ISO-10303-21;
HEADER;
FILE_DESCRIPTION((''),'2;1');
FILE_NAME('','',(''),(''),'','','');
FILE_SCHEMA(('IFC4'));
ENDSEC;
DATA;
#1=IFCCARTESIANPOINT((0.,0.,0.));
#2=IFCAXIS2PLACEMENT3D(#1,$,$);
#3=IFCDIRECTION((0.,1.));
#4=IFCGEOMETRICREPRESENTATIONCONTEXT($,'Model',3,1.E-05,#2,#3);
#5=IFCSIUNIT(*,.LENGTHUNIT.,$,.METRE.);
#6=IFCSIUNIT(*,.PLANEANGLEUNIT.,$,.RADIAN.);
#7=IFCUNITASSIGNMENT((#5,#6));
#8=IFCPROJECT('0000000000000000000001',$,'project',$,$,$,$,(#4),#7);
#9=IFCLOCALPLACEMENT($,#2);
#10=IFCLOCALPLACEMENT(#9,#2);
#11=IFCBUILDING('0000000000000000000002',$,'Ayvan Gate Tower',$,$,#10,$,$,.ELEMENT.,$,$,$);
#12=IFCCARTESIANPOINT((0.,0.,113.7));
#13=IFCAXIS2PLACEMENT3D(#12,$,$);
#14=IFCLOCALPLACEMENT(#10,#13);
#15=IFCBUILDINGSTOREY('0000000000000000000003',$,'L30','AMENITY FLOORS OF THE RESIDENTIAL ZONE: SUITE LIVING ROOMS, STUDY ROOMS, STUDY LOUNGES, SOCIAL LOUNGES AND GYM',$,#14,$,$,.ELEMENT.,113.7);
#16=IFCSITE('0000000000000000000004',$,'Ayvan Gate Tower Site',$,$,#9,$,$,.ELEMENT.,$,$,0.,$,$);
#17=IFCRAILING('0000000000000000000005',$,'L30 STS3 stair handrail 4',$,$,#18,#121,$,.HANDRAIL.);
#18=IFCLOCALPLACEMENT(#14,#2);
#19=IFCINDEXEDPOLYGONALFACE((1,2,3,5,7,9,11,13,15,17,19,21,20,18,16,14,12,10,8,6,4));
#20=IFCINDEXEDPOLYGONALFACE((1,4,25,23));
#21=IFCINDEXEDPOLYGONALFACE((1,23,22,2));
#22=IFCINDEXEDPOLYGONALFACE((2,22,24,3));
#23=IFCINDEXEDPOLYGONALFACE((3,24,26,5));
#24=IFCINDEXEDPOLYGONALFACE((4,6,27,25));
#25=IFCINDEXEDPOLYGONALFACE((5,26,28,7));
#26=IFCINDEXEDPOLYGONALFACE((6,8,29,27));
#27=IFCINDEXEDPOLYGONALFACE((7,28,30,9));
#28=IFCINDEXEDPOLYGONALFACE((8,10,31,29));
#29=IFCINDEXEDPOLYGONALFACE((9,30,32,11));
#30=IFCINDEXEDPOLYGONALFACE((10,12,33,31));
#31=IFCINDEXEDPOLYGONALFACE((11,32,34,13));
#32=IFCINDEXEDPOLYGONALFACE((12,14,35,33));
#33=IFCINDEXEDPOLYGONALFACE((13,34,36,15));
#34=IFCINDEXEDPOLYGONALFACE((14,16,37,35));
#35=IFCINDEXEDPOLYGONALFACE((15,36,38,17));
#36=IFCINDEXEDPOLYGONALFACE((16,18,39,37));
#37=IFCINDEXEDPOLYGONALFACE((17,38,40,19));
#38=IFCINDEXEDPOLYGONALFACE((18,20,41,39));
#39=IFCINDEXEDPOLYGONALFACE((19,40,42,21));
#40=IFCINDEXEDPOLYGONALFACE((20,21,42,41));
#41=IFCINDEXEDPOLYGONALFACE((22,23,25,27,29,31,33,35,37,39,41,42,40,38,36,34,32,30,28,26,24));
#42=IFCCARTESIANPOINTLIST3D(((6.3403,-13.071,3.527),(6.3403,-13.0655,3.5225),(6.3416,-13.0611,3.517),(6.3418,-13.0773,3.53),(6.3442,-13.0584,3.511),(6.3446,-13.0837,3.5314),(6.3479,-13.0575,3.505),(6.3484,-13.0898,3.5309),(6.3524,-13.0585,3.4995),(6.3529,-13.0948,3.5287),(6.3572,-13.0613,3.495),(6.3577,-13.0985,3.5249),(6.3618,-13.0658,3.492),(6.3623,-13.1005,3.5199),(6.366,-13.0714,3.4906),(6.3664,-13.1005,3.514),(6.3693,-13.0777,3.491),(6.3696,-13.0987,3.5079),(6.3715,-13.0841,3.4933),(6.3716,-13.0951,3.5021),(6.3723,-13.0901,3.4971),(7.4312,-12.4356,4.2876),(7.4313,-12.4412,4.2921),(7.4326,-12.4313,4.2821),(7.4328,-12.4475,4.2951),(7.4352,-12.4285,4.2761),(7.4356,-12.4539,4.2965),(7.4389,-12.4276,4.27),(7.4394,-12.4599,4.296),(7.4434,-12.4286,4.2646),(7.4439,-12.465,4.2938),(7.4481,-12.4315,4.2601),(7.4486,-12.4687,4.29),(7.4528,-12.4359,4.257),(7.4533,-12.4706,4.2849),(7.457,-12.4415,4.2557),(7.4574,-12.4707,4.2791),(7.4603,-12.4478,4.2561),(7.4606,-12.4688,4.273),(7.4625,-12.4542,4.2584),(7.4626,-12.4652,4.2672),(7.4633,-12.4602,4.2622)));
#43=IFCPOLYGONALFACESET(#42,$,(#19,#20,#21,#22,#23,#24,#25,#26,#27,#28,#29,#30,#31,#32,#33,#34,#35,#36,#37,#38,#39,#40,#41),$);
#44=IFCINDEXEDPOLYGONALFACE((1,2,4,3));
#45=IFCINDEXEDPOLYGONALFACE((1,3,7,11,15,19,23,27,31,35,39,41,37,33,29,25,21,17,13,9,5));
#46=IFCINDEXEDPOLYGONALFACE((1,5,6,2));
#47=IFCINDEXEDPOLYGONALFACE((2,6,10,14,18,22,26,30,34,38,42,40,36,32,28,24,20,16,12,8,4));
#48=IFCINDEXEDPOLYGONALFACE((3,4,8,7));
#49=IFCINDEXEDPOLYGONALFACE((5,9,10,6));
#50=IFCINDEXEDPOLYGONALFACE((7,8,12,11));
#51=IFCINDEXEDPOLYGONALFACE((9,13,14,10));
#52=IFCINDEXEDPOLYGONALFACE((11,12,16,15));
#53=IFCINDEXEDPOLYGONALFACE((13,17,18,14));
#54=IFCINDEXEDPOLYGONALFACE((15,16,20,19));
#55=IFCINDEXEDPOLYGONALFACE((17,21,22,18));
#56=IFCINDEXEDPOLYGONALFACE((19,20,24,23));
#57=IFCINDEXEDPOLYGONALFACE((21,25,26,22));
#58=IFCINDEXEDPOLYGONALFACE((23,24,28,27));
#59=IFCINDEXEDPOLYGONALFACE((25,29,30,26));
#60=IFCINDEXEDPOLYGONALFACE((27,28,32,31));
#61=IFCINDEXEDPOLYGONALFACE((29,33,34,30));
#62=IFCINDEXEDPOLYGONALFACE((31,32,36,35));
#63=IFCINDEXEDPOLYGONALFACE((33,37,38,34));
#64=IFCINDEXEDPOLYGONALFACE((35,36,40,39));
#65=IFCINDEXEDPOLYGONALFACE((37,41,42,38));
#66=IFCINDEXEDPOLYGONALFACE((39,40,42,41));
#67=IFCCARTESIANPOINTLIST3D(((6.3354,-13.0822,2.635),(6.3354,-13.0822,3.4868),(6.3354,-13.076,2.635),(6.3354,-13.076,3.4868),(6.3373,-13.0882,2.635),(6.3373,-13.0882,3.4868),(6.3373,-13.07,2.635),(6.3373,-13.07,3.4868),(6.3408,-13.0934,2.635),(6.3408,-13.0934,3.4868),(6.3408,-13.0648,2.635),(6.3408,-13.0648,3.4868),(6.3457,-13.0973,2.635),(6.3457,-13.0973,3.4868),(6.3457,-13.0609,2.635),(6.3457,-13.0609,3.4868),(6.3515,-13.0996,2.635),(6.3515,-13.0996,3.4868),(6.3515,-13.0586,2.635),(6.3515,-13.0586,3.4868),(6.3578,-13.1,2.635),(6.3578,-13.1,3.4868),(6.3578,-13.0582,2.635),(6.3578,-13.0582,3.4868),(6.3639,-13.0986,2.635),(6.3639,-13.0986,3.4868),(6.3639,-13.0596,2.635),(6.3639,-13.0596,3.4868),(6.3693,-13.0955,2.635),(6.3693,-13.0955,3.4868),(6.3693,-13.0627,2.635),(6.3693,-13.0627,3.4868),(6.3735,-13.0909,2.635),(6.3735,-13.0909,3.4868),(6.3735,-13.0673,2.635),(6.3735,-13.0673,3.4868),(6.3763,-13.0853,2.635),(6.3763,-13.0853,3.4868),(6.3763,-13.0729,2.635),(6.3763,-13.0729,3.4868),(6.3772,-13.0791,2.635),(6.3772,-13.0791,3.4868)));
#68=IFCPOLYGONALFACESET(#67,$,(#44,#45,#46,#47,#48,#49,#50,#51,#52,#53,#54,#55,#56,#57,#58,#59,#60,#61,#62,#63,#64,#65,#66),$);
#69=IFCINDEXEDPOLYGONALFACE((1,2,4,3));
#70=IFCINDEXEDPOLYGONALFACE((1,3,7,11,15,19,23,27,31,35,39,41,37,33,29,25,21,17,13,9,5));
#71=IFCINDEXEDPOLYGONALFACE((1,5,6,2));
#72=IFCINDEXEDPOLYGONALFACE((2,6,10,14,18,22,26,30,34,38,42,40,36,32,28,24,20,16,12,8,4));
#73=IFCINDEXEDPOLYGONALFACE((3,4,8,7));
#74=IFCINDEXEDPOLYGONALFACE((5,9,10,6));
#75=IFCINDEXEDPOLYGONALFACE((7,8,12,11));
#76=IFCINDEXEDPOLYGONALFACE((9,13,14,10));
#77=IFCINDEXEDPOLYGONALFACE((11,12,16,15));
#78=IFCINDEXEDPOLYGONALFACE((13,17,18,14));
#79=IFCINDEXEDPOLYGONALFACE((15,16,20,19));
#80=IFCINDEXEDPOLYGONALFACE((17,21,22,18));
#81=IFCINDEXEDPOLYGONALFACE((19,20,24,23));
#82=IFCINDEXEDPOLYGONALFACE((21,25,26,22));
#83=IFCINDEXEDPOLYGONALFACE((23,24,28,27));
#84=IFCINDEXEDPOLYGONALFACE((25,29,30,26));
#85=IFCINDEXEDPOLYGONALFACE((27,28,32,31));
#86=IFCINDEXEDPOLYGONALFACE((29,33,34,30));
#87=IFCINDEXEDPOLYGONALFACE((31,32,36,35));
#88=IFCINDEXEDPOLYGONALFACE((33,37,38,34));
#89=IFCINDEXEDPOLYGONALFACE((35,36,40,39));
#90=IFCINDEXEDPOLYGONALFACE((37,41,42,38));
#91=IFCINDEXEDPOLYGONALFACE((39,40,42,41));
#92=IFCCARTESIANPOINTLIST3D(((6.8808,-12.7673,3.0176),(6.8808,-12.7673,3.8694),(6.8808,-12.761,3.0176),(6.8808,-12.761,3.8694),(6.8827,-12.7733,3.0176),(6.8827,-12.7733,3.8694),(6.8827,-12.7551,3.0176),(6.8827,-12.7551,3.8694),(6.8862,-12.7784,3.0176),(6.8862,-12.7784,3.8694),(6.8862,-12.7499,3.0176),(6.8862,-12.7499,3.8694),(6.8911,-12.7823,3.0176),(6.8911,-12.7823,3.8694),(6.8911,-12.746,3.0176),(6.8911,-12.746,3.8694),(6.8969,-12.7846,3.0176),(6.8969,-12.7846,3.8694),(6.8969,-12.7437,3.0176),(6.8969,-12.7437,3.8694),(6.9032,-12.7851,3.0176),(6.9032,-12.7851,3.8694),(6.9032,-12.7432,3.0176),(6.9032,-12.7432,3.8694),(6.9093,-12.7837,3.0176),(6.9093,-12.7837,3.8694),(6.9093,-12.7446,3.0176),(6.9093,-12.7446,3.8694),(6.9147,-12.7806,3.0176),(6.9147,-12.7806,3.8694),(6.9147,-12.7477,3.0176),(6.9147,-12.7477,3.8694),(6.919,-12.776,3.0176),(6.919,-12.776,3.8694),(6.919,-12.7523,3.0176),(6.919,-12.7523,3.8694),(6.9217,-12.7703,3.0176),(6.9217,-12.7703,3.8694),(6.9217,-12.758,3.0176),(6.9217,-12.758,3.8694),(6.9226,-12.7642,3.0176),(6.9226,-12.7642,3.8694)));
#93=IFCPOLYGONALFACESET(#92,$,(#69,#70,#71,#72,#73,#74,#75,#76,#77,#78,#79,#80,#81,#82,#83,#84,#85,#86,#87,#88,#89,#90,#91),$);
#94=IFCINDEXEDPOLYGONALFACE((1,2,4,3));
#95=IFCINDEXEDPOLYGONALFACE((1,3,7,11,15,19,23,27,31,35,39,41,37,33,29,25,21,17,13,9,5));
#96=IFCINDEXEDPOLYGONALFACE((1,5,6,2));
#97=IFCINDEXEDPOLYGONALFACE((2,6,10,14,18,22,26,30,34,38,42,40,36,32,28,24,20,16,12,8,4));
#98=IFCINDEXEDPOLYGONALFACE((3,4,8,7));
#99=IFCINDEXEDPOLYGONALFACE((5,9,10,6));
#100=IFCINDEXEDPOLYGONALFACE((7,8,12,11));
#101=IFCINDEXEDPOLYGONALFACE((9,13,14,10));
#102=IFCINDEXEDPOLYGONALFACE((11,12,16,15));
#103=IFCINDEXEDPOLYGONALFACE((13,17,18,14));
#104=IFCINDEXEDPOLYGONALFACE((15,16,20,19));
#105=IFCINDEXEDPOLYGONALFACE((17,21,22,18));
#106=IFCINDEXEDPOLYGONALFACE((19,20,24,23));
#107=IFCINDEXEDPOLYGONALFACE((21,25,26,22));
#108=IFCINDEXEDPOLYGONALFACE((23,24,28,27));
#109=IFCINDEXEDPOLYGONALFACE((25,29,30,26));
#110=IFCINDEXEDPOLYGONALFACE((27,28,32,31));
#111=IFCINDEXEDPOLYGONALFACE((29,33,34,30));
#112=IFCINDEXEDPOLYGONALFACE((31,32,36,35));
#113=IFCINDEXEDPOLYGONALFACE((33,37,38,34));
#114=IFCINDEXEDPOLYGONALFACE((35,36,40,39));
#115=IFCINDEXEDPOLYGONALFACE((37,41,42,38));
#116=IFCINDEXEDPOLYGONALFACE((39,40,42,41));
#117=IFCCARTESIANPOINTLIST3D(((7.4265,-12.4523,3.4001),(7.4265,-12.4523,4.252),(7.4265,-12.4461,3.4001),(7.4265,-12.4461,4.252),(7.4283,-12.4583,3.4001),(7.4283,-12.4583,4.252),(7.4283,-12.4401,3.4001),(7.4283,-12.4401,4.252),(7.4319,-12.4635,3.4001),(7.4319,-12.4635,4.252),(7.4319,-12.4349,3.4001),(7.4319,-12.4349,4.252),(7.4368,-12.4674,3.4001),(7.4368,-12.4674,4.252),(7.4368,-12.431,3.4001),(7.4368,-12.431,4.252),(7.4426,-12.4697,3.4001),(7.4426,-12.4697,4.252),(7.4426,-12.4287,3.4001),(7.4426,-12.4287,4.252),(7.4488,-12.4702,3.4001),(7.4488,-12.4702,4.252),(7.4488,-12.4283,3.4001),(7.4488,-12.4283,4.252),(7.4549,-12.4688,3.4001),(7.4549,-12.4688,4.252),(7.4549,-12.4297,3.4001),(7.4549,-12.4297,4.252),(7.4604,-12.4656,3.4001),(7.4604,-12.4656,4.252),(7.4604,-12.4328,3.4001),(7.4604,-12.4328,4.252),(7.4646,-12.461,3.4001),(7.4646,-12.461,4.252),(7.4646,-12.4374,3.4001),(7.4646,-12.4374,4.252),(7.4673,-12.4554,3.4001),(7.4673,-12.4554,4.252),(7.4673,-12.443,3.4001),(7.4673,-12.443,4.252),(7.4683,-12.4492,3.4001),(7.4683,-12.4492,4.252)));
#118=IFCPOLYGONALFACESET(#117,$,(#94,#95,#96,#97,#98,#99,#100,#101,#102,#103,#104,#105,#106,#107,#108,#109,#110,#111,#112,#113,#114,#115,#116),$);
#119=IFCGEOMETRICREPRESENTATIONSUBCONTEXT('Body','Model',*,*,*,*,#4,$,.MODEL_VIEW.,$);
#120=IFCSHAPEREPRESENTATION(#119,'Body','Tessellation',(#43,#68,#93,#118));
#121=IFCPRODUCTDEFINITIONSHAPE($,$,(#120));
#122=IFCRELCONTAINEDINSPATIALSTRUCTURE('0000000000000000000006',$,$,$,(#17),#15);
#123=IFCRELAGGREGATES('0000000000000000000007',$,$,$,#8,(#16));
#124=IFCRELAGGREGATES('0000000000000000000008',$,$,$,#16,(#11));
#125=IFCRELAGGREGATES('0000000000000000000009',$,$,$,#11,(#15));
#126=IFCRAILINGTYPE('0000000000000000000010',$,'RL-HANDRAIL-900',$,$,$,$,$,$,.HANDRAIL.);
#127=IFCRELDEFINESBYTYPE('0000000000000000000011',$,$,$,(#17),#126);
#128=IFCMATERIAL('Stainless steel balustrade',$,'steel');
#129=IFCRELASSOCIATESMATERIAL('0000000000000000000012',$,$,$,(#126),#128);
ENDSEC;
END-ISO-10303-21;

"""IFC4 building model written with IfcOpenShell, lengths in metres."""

from ifc_helpers import new_model, si_unit, direction, frame, origin, origin_2d, place, context, subcontext, project, spatial, circle, extrude, material, type_object, element, save


model = new_model("IFC4")

# Units and contexts
model_context = context("Model", 3, precision=1e-05, world=origin(), true_north=direction((0.0, 1.0)))
body_context = subcontext(model_context, "Body", "Model", "MODEL_VIEW")
ifc_project = project(units=[si_unit("LENGTHUNIT", "METRE"), si_unit("PLANEANGLEUNIT", "RADIAN")], contexts=[model_context])

# Site, building, storey
site_placement = place(None, origin())
site = spatial("IfcSite", under=ifc_project, at=site_placement, Name="Ayvan Gate Tower Site", CompositionType="ELEMENT", RefElevation=0.0)
building_placement = place(site_placement, origin())
building = spatial("IfcBuilding", under=site, at=building_placement, Name="Ayvan Gate Tower", CompositionType="ELEMENT")
storey_placement = place(building_placement, frame((0.0, 0.0, 113.7)))
storey = spatial("IfcBuildingStorey", under=building, at=storey_placement, Name="L30", Description="AMENITY FLOORS OF THE RESIDENTIAL ZONE: SUITE LIVING ROOMS, STUDY ROOMS, STUDY LOUNGES, SOCIAL LOUNGES AND GYM", CompositionType="ELEMENT", Elevation=113.7)

# Railing
ifc_material_1 = material(Name="Stainless steel balustrade", Category="steel")
railing_type_1 = type_object("IfcRailingType", Name="RL-HANDRAIL-900", PredefinedType="HANDRAIL", material=ifc_material_1)
railing_1_placement = place(storey_placement, frame((6.3562, -13.0791, 2.635)))
element("IfcRailing", 1, at=railing_1_placement, inside=storey, type_object=railing_type_1, Name="L30 STS3 stair handrail 4", PredefinedType="HANDRAIL", context=body_context, shape_type="SweptSolid", body=[
    extrude(circle(Radius=0.0239, at=origin_2d()), frame((0.0, 0.0, 0.876), z_axis=(0.740218, 0.427336, 0.519097), x_axis=(-0.499974, 0.86604, 0.0)), (0.0, 0.0, 1.0), 1.4739),
    extrude(circle(Radius=0.021, at=origin_2d()), origin(), (0.0, 0.0, 1.0), 0.8518),
    extrude(circle(Radius=0.021, at=origin_2d()), frame((0.5454, 0.3149, 0.3826)), (0.0, 0.0, 1.0), 0.8518),
    extrude(circle(Radius=0.021, at=origin_2d()), frame((1.0911, 0.6299, 0.7651)), (0.0, 0.0, 1.0), 0.8518),
])

save(model, "model.ifc")
